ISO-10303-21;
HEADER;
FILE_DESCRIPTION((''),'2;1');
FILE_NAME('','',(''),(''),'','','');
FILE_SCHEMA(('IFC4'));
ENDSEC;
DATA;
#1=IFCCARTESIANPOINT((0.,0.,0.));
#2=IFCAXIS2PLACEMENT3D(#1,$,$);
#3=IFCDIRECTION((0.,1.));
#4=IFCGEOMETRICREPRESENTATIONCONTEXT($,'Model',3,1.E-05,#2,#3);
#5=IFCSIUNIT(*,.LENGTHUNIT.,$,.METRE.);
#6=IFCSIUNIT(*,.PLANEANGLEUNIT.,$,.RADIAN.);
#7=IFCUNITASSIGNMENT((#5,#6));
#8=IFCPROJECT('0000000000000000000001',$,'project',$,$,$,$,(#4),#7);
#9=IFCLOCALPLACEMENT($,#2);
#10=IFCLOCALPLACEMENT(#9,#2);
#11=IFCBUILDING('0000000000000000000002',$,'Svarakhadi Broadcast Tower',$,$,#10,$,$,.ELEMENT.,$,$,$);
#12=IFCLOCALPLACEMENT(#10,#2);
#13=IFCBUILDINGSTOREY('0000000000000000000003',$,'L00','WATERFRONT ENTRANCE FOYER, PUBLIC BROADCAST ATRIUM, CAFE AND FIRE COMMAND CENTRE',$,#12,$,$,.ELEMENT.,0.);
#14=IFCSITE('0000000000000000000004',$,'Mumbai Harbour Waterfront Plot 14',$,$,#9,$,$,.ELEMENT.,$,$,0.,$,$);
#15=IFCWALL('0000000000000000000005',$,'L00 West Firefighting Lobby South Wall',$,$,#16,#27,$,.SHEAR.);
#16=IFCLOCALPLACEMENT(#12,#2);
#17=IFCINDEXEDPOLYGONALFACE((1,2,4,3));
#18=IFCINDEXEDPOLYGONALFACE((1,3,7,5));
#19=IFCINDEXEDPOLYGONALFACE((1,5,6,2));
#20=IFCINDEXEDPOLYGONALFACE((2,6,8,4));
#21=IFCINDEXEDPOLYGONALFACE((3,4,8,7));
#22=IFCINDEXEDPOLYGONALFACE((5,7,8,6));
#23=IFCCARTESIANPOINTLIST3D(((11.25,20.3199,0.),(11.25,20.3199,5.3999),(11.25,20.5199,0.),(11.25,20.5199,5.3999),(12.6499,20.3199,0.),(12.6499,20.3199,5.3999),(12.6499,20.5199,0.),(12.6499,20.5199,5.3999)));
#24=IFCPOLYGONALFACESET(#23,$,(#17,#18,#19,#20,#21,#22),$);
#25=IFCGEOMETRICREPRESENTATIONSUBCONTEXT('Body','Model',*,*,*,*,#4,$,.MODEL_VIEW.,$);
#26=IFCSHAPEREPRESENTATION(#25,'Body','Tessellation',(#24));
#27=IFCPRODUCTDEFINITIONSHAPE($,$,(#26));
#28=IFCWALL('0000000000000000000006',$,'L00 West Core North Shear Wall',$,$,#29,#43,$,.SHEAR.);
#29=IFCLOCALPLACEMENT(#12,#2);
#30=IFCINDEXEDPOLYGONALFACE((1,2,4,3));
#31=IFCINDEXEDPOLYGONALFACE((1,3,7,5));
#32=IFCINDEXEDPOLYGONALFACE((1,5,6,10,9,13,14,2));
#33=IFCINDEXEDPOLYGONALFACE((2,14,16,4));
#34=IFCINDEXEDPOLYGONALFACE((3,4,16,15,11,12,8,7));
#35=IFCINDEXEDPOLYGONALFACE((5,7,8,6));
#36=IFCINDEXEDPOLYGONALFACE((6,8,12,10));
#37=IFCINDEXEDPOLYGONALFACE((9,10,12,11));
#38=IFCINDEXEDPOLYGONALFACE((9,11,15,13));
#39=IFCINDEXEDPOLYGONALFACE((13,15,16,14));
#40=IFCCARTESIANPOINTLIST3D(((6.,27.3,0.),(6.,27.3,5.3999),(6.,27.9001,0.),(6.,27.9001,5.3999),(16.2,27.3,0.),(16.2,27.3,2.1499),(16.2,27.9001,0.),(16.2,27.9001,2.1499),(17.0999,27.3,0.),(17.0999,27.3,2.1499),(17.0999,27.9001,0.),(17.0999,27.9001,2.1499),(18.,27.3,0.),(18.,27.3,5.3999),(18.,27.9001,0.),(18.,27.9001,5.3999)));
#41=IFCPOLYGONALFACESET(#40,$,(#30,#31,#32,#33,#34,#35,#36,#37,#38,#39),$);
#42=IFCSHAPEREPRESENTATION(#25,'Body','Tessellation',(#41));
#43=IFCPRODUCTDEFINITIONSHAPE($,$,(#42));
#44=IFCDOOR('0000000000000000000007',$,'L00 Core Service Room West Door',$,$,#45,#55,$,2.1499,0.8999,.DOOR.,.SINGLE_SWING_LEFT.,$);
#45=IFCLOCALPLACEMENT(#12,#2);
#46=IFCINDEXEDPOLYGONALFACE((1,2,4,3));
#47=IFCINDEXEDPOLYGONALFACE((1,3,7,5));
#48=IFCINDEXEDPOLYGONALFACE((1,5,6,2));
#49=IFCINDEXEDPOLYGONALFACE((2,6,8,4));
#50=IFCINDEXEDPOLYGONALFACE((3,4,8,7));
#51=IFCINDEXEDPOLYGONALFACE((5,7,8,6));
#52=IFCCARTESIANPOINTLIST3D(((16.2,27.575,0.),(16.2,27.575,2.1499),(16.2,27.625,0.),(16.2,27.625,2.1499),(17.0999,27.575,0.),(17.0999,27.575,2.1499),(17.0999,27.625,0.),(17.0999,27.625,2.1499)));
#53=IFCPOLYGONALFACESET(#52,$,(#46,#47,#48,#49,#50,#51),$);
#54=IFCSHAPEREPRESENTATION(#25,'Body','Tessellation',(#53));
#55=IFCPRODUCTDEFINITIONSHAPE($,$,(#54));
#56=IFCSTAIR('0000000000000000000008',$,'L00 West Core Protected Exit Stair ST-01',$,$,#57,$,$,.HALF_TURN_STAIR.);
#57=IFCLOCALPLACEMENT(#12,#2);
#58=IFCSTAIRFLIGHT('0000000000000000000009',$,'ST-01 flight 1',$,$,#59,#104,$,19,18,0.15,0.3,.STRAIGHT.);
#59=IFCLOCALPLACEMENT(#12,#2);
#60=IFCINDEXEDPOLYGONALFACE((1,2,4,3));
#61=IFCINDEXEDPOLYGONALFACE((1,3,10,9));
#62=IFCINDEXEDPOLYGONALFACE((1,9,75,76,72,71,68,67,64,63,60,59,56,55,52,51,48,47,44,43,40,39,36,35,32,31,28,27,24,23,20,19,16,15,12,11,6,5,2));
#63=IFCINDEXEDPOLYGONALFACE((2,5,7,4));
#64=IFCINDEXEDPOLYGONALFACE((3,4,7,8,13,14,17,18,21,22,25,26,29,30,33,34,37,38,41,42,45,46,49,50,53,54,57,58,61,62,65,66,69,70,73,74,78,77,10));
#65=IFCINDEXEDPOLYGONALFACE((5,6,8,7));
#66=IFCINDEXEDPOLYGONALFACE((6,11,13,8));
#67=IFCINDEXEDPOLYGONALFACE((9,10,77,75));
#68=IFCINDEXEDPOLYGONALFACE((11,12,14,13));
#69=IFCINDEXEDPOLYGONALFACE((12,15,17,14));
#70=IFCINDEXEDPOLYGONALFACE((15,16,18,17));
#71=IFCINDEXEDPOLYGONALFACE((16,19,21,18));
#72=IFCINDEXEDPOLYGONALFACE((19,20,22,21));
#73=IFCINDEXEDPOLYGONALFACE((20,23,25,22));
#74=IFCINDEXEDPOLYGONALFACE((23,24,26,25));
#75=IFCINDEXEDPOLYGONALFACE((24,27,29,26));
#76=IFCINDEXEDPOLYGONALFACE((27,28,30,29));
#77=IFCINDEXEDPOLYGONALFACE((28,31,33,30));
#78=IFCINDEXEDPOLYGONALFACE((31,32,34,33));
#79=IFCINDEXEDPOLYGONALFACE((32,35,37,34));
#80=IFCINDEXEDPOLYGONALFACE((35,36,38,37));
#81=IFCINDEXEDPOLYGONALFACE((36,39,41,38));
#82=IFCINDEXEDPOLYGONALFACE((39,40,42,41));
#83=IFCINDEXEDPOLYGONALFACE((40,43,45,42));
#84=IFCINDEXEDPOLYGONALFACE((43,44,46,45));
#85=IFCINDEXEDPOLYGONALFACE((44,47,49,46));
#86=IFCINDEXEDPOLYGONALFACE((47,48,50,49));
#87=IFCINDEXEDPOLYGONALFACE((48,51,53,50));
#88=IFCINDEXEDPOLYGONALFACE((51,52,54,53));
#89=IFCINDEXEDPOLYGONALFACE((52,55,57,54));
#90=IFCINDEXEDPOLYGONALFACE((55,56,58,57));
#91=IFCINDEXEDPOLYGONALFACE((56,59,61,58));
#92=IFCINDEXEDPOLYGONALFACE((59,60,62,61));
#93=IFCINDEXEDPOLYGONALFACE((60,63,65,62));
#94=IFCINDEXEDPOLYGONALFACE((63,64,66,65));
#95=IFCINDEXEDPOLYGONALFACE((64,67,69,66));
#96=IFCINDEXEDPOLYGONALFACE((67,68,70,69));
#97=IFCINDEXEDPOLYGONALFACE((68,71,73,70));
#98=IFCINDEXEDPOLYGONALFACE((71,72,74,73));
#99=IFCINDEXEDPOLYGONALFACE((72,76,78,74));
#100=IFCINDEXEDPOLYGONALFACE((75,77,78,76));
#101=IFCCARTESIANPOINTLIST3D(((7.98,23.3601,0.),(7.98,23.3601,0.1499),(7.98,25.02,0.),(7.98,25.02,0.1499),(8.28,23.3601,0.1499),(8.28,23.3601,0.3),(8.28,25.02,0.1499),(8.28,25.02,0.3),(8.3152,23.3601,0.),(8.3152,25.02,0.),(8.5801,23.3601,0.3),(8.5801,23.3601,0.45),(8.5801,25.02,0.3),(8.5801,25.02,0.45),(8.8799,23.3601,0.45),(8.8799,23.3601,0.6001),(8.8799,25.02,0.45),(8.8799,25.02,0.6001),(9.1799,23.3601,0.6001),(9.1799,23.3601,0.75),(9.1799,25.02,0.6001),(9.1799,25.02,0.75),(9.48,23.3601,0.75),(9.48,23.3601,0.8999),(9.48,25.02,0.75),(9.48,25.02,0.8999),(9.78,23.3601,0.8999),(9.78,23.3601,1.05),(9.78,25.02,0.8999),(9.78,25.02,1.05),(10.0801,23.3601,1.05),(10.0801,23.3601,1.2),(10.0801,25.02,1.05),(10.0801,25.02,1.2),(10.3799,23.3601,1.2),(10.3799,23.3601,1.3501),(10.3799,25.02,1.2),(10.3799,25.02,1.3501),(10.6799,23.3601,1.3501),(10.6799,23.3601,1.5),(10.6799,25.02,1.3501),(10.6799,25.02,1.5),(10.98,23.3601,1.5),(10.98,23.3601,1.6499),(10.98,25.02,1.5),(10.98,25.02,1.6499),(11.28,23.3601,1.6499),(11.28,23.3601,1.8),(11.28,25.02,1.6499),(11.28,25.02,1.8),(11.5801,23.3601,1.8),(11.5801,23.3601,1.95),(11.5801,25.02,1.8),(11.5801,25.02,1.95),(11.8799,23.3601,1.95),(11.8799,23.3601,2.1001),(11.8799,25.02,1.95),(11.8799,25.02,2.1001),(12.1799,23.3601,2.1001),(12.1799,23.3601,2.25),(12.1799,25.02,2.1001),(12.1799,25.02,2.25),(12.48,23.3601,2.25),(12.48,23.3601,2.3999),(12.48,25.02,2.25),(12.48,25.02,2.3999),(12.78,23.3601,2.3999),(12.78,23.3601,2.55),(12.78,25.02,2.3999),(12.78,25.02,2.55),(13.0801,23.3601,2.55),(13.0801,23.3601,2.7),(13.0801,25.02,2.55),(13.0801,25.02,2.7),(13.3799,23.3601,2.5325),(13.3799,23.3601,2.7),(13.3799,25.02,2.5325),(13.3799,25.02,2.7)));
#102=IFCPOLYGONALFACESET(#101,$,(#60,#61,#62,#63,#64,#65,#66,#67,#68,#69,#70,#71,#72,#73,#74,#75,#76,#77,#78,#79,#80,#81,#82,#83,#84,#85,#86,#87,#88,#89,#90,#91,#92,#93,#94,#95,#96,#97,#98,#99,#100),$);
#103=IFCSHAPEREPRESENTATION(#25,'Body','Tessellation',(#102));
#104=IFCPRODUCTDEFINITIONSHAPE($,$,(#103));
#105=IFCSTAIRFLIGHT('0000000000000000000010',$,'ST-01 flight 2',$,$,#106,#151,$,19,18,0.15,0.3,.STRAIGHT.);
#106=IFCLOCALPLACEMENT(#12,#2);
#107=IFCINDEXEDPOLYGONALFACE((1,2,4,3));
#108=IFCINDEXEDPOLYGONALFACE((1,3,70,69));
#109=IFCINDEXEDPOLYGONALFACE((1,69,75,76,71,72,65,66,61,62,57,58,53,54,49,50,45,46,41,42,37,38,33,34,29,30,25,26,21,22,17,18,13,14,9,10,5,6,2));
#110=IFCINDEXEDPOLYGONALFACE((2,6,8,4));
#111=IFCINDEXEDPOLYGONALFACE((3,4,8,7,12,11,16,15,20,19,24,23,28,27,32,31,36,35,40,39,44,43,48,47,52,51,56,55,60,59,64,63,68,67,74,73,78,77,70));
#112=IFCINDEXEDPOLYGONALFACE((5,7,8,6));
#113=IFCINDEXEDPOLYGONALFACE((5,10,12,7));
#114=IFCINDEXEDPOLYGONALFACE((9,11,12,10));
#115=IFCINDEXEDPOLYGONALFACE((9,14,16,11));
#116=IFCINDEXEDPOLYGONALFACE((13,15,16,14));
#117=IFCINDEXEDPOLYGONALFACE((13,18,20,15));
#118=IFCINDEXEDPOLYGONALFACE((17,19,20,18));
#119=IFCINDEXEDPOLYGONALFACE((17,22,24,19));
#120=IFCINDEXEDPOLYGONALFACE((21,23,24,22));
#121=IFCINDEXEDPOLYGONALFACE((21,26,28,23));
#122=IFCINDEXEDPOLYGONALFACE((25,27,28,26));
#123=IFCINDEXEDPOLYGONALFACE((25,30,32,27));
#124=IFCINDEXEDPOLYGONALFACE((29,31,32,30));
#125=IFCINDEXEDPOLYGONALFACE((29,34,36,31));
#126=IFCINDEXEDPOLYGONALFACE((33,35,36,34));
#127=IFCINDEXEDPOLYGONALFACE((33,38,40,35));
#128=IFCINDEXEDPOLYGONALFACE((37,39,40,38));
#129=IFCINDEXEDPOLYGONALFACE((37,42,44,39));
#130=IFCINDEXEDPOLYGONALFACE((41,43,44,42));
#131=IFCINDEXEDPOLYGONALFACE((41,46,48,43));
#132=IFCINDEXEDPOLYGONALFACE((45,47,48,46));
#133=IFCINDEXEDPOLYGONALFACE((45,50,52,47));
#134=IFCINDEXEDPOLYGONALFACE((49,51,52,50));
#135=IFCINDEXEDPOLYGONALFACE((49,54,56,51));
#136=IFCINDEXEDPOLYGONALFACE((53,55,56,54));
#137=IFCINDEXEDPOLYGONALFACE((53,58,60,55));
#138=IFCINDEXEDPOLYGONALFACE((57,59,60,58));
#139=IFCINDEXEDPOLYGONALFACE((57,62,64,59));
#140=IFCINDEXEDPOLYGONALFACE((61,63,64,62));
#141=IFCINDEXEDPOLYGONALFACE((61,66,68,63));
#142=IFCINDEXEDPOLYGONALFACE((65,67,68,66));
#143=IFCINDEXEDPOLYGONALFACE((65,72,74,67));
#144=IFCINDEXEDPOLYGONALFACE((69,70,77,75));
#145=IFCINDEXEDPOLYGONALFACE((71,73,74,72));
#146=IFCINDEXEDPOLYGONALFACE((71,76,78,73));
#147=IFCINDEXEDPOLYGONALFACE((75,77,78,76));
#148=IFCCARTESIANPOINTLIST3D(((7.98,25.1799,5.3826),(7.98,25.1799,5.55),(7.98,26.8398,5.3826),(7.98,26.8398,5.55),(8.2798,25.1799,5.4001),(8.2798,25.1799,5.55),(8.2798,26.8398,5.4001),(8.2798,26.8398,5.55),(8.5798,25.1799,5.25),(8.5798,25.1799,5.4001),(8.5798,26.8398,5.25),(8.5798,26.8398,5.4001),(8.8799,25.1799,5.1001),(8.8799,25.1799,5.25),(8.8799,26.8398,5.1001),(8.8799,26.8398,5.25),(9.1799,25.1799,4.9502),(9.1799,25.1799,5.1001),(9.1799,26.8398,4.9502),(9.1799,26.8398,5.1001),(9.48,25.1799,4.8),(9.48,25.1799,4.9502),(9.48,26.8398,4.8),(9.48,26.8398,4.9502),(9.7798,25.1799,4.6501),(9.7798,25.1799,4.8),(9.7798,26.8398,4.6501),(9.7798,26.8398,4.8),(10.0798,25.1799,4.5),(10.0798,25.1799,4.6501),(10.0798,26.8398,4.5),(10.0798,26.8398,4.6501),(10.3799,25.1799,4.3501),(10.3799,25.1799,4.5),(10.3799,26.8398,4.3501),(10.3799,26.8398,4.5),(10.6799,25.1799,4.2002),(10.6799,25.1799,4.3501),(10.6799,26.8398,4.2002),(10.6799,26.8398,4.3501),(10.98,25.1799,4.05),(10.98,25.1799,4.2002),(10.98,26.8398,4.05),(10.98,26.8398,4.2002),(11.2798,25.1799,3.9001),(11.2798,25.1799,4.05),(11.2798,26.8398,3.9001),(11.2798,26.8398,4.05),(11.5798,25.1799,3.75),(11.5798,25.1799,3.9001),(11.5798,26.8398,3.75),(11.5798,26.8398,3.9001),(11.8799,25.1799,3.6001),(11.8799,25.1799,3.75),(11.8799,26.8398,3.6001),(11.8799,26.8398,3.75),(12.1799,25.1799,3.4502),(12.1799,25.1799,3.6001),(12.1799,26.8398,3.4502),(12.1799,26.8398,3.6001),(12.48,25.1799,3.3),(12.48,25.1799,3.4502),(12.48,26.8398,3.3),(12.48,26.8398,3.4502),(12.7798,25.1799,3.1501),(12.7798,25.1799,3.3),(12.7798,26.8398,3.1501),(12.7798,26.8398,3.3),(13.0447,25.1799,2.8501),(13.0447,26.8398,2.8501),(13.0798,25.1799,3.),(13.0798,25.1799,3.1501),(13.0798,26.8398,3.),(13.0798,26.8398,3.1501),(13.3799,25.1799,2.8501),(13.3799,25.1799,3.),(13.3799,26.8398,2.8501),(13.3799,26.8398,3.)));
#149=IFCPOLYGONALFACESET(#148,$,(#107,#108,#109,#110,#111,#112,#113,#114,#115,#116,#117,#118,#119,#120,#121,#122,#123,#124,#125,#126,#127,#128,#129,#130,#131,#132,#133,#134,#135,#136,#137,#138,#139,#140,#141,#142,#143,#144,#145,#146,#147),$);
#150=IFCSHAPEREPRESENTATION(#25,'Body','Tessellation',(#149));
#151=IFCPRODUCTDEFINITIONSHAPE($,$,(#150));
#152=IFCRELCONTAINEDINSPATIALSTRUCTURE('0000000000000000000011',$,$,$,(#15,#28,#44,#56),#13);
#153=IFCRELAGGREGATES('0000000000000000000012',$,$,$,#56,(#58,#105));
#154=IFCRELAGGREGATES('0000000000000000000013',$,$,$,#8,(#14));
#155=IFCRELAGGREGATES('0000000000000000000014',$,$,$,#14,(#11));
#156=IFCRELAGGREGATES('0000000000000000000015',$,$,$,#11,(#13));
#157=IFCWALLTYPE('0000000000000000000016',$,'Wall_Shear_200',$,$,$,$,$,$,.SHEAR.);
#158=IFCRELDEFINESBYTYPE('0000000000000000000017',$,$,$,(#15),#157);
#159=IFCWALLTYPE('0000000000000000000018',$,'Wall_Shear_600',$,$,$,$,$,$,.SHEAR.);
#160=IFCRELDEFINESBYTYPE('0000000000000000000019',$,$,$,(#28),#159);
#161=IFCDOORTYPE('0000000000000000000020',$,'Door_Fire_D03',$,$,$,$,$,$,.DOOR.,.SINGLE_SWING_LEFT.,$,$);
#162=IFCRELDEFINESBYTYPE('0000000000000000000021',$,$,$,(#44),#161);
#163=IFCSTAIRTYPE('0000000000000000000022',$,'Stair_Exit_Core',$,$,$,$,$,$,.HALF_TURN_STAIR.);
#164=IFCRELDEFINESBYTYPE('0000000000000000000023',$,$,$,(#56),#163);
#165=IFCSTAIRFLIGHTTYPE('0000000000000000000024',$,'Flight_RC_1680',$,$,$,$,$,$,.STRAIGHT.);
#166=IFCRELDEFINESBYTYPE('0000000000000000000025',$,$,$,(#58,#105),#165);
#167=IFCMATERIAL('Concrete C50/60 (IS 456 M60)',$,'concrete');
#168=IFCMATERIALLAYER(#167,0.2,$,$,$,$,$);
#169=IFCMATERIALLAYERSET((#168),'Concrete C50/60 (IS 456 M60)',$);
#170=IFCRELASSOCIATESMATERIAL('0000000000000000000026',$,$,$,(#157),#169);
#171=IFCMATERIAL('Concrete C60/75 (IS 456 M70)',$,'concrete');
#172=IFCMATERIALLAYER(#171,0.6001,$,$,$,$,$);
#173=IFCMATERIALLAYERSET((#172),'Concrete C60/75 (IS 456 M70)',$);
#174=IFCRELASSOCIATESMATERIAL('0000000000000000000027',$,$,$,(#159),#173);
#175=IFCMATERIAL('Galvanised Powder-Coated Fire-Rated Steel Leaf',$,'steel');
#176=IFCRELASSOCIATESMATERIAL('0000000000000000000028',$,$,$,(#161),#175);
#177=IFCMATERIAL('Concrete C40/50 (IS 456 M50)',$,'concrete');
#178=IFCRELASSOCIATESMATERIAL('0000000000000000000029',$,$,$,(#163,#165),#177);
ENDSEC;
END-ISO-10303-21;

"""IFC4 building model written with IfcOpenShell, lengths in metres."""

from ifc_helpers import new_model, si_unit, direction, frame, frame_2d, origin, place, context, subcontext, project, spatial, polyline, rectangle, outline, extrude, material, layer, layer_set, type_object, element, fill, aggregate, save


model = new_model("IFC4")

# Units and contexts
model_context = context("Model", 3, precision=1e-05, world=origin(), true_north=direction((0.0, 1.0)))
body_context = subcontext(model_context, "Body", "Model", "MODEL_VIEW")
ifc_project = project(units=[si_unit("LENGTHUNIT", "METRE"), si_unit("PLANEANGLEUNIT", "RADIAN")], contexts=[model_context])

# Site, building, storey
site_placement = place(None, origin())
site = spatial("IfcSite", under=ifc_project, at=site_placement, Name="Mumbai Harbour Waterfront Plot 14", CompositionType="ELEMENT", RefElevation=0.0)
building_placement = place(site_placement, origin())
building = spatial("IfcBuilding", under=site, at=building_placement, Name="Svarakhadi Broadcast Tower", CompositionType="ELEMENT")
storey_placement = place(building_placement, origin())
storey = spatial("IfcBuildingStorey", under=building, at=storey_placement, Name="L00", Description="WATERFRONT ENTRANCE FOYER, PUBLIC BROADCAST ATRIUM, CAFE AND FIRE COMMAND CENTRE", CompositionType="ELEMENT", Elevation=0.0)

# Shared definitions
ifc_material_1 = material(Name="Concrete C60/75 (IS 456 M70)", Category="concrete")

# Shared definitions
ifc_material_2 = material(Name="Concrete C50/60 (IS 456 M60)", Category="concrete")

# Shared definitions
ifc_material_3 = material(Name="Concrete C40/50 (IS 456 M50)", Category="concrete")

# Shared definitions
ifc_layer_1 = layer(ifc_material_2, 0.2)
ifc_layer_set_1 = layer_set([ifc_layer_1], Name="Concrete C50/60 (IS 456 M60)")
wall_type_1 = type_object("IfcWallType", Name="Wall_Shear_200", PredefinedType="SHEAR", material=ifc_layer_set_1)
ifc_material_4 = material(Name="Galvanised Powder-Coated Fire-Rated Steel Leaf", Category="steel")

# Wall
wall_1_placement = place(storey_placement, frame((11.25, 20.4199, 0.0), z_axis=(0.0, 0.0, 1.0), x_axis=(1.0, 0.0, 0.0)))
element("IfcWall", 1, at=wall_1_placement, inside=storey, type_object=wall_type_1, Name="L00 West Firefighting Lobby South Wall", PredefinedType="SHEAR", context=body_context, shape_type="SweptSolid", body=[
    extrude(rectangle(XDim=1.3999, YDim=0.2, at=frame_2d((0.7, 0.0))), origin(), (0.0, 0.0, 1.0), 5.3999),
])

# Wall, opening, door
ifc_layer_2 = layer(ifc_material_1, 0.6001)
ifc_layer_set_2 = layer_set([ifc_layer_2], Name="Concrete C60/75 (IS 456 M70)")
wall_type_2 = type_object("IfcWallType", Name="Wall_Shear_600", PredefinedType="SHEAR", material=ifc_layer_set_2)
wall_2_placement = place(storey_placement, frame((6.0, 27.6001, 0.0), z_axis=(0.0, 0.0, 1.0), x_axis=(1.0, 0.0, 0.0)))
wall_2 = element("IfcWall", 2, at=wall_2_placement, inside=storey, type_object=wall_type_2, Name="L00 West Core North Shear Wall", PredefinedType="SHEAR", context=body_context, shape_type="SweptSolid", body=[
    extrude(rectangle(XDim=12.0, YDim=0.6001, at=frame_2d((6.0, 0.0))), origin(), (0.0, 0.0, 1.0), 5.3999),
])
opening_1_placement = place(wall_2_placement, frame((10.2, 0.0, 0.0)))
opening_1 = element("IfcOpeningElement", 3, at=opening_1_placement, cuts=wall_2, PredefinedType="OPENING", context=body_context, shape_type="SweptSolid", body=[
    extrude(rectangle(XDim=0.8999, YDim=2.1499, at=frame_2d((0.45, 1.075))), frame((0.0, 0.3101, 0.0), z_axis=(0.0, -1.0, 0.0), x_axis=(1.0, 0.0, 0.0)), (0.0, 0.0, 1.0), 0.6201),
])
door_type_1 = type_object("IfcDoorType", Name="Door_Fire_D03", OperationType="SINGLE_SWING_LEFT", PredefinedType="DOOR", material=ifc_material_4)
door_1_placement = place(opening_1_placement, origin())
door_1 = element("IfcDoor", 4, at=door_1_placement, inside=storey, type_object=door_type_1, Name="L00 Core Service Room West Door", OperationType="SINGLE_SWING_LEFT", OverallHeight=2.1499, OverallWidth=0.8999, PredefinedType="DOOR", context=body_context, shape_type="SweptSolid", body=[
    extrude(rectangle(XDim=0.8999, YDim=2.1499, at=frame_2d((0.45, 1.075))), frame((0.0, 0.0249, 0.0), z_axis=(0.0, -1.0, 0.0), x_axis=(1.0, 0.0, 0.0)), (0.0, 0.0, 1.0), 0.05),
])
fill(opening_1, door_1)

# Stair, stair flights
stair_type = type_object("IfcStairType", Name="Stair_Exit_Core", PredefinedType="HALF_TURN_STAIR", material=ifc_material_3)
stair_placement = place(storey_placement, origin())
stair = element("IfcStair", 5, at=stair_placement, inside=storey, type_object=stair_type, Name="L00 West Core Protected Exit Stair ST-01", PredefinedType="HALF_TURN_STAIR")
stair_flight_type = type_object("IfcStairFlightType", Name="Flight_RC_1680", PredefinedType="STRAIGHT", material=ifc_material_3)
stair_flight_1_placement = place(storey_placement, frame((7.98, 24.1899, 0.0), z_axis=(0.0, 0.0, 1.0), x_axis=(1.0, 0.0, 0.0)))
stair_flight_1 = element("IfcStairFlight", 6, at=stair_flight_1_placement, type_object=stair_flight_type, Name="ST-01 flight 1", NumberOfRisers=19, NumberOfTreads=18, PredefinedType="STRAIGHT", RiserHeight=0.15, TreadLength=0.3, context=body_context, shape_type="SweptSolid", body=[
    extrude(outline(polyline([(0.0, 0.0), (0.0, 0.1499), (0.3, 0.1499), (0.3, 0.3), (0.6001, 0.3), (0.6001, 0.45), (0.8999, 0.45), (0.8999, 0.6001), (1.2, 0.6001), (1.2, 0.75), (1.5, 0.75), (1.5, 0.8999), (1.8, 0.8999), (1.8, 1.05), (2.1001, 1.05), (2.1001, 1.2), (2.3999, 1.2), (2.3999, 1.3501), (2.7, 1.3501), (2.7, 1.5), (3.0, 1.5), (3.0, 1.6499), (3.3, 1.6499), (3.3, 1.8), (3.6001, 1.8), (3.6001, 1.95), (3.8999, 1.95), (3.8999, 2.1001), (4.2, 2.1001), (4.2, 2.25), (4.5, 2.25), (4.5, 2.3999), (4.8, 2.3999), (4.8, 2.55), (5.1001, 2.55), (5.1001, 2.7), (5.3999, 2.7), (5.3999, 2.8501), (5.3999, 2.5325), (0.3352, 0.0), (0.0, 0.0)])), frame((0.0, 0.8301, 0.0), z_axis=(0.0, -1.0, 0.0), x_axis=(1.0, 0.0, 0.0)), (0.0, 0.0, 1.0), 1.6599),
])
stair_flight_2_placement = place(storey_placement, frame((13.3799, 26.01, 2.8501), z_axis=(0.0, 0.0, 1.0), x_axis=(-1.0, 0.0, 0.0)))
stair_flight_2 = element("IfcStairFlight", 7, at=stair_flight_2_placement, type_object=stair_flight_type, Name="ST-01 flight 2", NumberOfRisers=19, NumberOfTreads=18, PredefinedType="STRAIGHT", RiserHeight=0.15, TreadLength=0.3, context=body_context, shape_type="SweptSolid", body=[
    extrude(outline(polyline([(0.0, 0.0), (0.0, 0.1499), (0.3, 0.1499), (0.3, 0.3), (0.6001, 0.3), (0.6001, 0.45), (0.8999, 0.45), (0.8999, 0.6001), (1.2, 0.6001), (1.2, 0.75), (1.5, 0.75), (1.5, 0.8999), (1.8, 0.8999), (1.8, 1.05), (2.1001, 1.05), (2.1001, 1.2), (2.3999, 1.2), (2.3999, 1.3501), (2.7, 1.3501), (2.7, 1.5), (3.0, 1.5), (3.0, 1.6499), (3.3, 1.6499), (3.3, 1.8), (3.6001, 1.8), (3.6001, 1.95), (3.8999, 1.95), (3.8999, 2.1001), (4.2, 2.1001), (4.2, 2.25), (4.5, 2.25), (4.5, 2.3999), (4.8, 2.3999), (4.8, 2.55), (5.1001, 2.55), (5.1001, 2.7), (5.3999, 2.7), (5.3999, 2.8501), (5.3999, 2.5325), (0.3352, 0.0), (0.0, 0.0)])), frame((0.0, 0.8301, 0.0), z_axis=(0.0, -1.0, 0.0), x_axis=(1.0, 0.0, 0.0)), (0.0, 0.0, 1.0), 1.6599),
])
aggregate(stair, [stair_flight_1, stair_flight_2])

save(model, "model.ifc")
